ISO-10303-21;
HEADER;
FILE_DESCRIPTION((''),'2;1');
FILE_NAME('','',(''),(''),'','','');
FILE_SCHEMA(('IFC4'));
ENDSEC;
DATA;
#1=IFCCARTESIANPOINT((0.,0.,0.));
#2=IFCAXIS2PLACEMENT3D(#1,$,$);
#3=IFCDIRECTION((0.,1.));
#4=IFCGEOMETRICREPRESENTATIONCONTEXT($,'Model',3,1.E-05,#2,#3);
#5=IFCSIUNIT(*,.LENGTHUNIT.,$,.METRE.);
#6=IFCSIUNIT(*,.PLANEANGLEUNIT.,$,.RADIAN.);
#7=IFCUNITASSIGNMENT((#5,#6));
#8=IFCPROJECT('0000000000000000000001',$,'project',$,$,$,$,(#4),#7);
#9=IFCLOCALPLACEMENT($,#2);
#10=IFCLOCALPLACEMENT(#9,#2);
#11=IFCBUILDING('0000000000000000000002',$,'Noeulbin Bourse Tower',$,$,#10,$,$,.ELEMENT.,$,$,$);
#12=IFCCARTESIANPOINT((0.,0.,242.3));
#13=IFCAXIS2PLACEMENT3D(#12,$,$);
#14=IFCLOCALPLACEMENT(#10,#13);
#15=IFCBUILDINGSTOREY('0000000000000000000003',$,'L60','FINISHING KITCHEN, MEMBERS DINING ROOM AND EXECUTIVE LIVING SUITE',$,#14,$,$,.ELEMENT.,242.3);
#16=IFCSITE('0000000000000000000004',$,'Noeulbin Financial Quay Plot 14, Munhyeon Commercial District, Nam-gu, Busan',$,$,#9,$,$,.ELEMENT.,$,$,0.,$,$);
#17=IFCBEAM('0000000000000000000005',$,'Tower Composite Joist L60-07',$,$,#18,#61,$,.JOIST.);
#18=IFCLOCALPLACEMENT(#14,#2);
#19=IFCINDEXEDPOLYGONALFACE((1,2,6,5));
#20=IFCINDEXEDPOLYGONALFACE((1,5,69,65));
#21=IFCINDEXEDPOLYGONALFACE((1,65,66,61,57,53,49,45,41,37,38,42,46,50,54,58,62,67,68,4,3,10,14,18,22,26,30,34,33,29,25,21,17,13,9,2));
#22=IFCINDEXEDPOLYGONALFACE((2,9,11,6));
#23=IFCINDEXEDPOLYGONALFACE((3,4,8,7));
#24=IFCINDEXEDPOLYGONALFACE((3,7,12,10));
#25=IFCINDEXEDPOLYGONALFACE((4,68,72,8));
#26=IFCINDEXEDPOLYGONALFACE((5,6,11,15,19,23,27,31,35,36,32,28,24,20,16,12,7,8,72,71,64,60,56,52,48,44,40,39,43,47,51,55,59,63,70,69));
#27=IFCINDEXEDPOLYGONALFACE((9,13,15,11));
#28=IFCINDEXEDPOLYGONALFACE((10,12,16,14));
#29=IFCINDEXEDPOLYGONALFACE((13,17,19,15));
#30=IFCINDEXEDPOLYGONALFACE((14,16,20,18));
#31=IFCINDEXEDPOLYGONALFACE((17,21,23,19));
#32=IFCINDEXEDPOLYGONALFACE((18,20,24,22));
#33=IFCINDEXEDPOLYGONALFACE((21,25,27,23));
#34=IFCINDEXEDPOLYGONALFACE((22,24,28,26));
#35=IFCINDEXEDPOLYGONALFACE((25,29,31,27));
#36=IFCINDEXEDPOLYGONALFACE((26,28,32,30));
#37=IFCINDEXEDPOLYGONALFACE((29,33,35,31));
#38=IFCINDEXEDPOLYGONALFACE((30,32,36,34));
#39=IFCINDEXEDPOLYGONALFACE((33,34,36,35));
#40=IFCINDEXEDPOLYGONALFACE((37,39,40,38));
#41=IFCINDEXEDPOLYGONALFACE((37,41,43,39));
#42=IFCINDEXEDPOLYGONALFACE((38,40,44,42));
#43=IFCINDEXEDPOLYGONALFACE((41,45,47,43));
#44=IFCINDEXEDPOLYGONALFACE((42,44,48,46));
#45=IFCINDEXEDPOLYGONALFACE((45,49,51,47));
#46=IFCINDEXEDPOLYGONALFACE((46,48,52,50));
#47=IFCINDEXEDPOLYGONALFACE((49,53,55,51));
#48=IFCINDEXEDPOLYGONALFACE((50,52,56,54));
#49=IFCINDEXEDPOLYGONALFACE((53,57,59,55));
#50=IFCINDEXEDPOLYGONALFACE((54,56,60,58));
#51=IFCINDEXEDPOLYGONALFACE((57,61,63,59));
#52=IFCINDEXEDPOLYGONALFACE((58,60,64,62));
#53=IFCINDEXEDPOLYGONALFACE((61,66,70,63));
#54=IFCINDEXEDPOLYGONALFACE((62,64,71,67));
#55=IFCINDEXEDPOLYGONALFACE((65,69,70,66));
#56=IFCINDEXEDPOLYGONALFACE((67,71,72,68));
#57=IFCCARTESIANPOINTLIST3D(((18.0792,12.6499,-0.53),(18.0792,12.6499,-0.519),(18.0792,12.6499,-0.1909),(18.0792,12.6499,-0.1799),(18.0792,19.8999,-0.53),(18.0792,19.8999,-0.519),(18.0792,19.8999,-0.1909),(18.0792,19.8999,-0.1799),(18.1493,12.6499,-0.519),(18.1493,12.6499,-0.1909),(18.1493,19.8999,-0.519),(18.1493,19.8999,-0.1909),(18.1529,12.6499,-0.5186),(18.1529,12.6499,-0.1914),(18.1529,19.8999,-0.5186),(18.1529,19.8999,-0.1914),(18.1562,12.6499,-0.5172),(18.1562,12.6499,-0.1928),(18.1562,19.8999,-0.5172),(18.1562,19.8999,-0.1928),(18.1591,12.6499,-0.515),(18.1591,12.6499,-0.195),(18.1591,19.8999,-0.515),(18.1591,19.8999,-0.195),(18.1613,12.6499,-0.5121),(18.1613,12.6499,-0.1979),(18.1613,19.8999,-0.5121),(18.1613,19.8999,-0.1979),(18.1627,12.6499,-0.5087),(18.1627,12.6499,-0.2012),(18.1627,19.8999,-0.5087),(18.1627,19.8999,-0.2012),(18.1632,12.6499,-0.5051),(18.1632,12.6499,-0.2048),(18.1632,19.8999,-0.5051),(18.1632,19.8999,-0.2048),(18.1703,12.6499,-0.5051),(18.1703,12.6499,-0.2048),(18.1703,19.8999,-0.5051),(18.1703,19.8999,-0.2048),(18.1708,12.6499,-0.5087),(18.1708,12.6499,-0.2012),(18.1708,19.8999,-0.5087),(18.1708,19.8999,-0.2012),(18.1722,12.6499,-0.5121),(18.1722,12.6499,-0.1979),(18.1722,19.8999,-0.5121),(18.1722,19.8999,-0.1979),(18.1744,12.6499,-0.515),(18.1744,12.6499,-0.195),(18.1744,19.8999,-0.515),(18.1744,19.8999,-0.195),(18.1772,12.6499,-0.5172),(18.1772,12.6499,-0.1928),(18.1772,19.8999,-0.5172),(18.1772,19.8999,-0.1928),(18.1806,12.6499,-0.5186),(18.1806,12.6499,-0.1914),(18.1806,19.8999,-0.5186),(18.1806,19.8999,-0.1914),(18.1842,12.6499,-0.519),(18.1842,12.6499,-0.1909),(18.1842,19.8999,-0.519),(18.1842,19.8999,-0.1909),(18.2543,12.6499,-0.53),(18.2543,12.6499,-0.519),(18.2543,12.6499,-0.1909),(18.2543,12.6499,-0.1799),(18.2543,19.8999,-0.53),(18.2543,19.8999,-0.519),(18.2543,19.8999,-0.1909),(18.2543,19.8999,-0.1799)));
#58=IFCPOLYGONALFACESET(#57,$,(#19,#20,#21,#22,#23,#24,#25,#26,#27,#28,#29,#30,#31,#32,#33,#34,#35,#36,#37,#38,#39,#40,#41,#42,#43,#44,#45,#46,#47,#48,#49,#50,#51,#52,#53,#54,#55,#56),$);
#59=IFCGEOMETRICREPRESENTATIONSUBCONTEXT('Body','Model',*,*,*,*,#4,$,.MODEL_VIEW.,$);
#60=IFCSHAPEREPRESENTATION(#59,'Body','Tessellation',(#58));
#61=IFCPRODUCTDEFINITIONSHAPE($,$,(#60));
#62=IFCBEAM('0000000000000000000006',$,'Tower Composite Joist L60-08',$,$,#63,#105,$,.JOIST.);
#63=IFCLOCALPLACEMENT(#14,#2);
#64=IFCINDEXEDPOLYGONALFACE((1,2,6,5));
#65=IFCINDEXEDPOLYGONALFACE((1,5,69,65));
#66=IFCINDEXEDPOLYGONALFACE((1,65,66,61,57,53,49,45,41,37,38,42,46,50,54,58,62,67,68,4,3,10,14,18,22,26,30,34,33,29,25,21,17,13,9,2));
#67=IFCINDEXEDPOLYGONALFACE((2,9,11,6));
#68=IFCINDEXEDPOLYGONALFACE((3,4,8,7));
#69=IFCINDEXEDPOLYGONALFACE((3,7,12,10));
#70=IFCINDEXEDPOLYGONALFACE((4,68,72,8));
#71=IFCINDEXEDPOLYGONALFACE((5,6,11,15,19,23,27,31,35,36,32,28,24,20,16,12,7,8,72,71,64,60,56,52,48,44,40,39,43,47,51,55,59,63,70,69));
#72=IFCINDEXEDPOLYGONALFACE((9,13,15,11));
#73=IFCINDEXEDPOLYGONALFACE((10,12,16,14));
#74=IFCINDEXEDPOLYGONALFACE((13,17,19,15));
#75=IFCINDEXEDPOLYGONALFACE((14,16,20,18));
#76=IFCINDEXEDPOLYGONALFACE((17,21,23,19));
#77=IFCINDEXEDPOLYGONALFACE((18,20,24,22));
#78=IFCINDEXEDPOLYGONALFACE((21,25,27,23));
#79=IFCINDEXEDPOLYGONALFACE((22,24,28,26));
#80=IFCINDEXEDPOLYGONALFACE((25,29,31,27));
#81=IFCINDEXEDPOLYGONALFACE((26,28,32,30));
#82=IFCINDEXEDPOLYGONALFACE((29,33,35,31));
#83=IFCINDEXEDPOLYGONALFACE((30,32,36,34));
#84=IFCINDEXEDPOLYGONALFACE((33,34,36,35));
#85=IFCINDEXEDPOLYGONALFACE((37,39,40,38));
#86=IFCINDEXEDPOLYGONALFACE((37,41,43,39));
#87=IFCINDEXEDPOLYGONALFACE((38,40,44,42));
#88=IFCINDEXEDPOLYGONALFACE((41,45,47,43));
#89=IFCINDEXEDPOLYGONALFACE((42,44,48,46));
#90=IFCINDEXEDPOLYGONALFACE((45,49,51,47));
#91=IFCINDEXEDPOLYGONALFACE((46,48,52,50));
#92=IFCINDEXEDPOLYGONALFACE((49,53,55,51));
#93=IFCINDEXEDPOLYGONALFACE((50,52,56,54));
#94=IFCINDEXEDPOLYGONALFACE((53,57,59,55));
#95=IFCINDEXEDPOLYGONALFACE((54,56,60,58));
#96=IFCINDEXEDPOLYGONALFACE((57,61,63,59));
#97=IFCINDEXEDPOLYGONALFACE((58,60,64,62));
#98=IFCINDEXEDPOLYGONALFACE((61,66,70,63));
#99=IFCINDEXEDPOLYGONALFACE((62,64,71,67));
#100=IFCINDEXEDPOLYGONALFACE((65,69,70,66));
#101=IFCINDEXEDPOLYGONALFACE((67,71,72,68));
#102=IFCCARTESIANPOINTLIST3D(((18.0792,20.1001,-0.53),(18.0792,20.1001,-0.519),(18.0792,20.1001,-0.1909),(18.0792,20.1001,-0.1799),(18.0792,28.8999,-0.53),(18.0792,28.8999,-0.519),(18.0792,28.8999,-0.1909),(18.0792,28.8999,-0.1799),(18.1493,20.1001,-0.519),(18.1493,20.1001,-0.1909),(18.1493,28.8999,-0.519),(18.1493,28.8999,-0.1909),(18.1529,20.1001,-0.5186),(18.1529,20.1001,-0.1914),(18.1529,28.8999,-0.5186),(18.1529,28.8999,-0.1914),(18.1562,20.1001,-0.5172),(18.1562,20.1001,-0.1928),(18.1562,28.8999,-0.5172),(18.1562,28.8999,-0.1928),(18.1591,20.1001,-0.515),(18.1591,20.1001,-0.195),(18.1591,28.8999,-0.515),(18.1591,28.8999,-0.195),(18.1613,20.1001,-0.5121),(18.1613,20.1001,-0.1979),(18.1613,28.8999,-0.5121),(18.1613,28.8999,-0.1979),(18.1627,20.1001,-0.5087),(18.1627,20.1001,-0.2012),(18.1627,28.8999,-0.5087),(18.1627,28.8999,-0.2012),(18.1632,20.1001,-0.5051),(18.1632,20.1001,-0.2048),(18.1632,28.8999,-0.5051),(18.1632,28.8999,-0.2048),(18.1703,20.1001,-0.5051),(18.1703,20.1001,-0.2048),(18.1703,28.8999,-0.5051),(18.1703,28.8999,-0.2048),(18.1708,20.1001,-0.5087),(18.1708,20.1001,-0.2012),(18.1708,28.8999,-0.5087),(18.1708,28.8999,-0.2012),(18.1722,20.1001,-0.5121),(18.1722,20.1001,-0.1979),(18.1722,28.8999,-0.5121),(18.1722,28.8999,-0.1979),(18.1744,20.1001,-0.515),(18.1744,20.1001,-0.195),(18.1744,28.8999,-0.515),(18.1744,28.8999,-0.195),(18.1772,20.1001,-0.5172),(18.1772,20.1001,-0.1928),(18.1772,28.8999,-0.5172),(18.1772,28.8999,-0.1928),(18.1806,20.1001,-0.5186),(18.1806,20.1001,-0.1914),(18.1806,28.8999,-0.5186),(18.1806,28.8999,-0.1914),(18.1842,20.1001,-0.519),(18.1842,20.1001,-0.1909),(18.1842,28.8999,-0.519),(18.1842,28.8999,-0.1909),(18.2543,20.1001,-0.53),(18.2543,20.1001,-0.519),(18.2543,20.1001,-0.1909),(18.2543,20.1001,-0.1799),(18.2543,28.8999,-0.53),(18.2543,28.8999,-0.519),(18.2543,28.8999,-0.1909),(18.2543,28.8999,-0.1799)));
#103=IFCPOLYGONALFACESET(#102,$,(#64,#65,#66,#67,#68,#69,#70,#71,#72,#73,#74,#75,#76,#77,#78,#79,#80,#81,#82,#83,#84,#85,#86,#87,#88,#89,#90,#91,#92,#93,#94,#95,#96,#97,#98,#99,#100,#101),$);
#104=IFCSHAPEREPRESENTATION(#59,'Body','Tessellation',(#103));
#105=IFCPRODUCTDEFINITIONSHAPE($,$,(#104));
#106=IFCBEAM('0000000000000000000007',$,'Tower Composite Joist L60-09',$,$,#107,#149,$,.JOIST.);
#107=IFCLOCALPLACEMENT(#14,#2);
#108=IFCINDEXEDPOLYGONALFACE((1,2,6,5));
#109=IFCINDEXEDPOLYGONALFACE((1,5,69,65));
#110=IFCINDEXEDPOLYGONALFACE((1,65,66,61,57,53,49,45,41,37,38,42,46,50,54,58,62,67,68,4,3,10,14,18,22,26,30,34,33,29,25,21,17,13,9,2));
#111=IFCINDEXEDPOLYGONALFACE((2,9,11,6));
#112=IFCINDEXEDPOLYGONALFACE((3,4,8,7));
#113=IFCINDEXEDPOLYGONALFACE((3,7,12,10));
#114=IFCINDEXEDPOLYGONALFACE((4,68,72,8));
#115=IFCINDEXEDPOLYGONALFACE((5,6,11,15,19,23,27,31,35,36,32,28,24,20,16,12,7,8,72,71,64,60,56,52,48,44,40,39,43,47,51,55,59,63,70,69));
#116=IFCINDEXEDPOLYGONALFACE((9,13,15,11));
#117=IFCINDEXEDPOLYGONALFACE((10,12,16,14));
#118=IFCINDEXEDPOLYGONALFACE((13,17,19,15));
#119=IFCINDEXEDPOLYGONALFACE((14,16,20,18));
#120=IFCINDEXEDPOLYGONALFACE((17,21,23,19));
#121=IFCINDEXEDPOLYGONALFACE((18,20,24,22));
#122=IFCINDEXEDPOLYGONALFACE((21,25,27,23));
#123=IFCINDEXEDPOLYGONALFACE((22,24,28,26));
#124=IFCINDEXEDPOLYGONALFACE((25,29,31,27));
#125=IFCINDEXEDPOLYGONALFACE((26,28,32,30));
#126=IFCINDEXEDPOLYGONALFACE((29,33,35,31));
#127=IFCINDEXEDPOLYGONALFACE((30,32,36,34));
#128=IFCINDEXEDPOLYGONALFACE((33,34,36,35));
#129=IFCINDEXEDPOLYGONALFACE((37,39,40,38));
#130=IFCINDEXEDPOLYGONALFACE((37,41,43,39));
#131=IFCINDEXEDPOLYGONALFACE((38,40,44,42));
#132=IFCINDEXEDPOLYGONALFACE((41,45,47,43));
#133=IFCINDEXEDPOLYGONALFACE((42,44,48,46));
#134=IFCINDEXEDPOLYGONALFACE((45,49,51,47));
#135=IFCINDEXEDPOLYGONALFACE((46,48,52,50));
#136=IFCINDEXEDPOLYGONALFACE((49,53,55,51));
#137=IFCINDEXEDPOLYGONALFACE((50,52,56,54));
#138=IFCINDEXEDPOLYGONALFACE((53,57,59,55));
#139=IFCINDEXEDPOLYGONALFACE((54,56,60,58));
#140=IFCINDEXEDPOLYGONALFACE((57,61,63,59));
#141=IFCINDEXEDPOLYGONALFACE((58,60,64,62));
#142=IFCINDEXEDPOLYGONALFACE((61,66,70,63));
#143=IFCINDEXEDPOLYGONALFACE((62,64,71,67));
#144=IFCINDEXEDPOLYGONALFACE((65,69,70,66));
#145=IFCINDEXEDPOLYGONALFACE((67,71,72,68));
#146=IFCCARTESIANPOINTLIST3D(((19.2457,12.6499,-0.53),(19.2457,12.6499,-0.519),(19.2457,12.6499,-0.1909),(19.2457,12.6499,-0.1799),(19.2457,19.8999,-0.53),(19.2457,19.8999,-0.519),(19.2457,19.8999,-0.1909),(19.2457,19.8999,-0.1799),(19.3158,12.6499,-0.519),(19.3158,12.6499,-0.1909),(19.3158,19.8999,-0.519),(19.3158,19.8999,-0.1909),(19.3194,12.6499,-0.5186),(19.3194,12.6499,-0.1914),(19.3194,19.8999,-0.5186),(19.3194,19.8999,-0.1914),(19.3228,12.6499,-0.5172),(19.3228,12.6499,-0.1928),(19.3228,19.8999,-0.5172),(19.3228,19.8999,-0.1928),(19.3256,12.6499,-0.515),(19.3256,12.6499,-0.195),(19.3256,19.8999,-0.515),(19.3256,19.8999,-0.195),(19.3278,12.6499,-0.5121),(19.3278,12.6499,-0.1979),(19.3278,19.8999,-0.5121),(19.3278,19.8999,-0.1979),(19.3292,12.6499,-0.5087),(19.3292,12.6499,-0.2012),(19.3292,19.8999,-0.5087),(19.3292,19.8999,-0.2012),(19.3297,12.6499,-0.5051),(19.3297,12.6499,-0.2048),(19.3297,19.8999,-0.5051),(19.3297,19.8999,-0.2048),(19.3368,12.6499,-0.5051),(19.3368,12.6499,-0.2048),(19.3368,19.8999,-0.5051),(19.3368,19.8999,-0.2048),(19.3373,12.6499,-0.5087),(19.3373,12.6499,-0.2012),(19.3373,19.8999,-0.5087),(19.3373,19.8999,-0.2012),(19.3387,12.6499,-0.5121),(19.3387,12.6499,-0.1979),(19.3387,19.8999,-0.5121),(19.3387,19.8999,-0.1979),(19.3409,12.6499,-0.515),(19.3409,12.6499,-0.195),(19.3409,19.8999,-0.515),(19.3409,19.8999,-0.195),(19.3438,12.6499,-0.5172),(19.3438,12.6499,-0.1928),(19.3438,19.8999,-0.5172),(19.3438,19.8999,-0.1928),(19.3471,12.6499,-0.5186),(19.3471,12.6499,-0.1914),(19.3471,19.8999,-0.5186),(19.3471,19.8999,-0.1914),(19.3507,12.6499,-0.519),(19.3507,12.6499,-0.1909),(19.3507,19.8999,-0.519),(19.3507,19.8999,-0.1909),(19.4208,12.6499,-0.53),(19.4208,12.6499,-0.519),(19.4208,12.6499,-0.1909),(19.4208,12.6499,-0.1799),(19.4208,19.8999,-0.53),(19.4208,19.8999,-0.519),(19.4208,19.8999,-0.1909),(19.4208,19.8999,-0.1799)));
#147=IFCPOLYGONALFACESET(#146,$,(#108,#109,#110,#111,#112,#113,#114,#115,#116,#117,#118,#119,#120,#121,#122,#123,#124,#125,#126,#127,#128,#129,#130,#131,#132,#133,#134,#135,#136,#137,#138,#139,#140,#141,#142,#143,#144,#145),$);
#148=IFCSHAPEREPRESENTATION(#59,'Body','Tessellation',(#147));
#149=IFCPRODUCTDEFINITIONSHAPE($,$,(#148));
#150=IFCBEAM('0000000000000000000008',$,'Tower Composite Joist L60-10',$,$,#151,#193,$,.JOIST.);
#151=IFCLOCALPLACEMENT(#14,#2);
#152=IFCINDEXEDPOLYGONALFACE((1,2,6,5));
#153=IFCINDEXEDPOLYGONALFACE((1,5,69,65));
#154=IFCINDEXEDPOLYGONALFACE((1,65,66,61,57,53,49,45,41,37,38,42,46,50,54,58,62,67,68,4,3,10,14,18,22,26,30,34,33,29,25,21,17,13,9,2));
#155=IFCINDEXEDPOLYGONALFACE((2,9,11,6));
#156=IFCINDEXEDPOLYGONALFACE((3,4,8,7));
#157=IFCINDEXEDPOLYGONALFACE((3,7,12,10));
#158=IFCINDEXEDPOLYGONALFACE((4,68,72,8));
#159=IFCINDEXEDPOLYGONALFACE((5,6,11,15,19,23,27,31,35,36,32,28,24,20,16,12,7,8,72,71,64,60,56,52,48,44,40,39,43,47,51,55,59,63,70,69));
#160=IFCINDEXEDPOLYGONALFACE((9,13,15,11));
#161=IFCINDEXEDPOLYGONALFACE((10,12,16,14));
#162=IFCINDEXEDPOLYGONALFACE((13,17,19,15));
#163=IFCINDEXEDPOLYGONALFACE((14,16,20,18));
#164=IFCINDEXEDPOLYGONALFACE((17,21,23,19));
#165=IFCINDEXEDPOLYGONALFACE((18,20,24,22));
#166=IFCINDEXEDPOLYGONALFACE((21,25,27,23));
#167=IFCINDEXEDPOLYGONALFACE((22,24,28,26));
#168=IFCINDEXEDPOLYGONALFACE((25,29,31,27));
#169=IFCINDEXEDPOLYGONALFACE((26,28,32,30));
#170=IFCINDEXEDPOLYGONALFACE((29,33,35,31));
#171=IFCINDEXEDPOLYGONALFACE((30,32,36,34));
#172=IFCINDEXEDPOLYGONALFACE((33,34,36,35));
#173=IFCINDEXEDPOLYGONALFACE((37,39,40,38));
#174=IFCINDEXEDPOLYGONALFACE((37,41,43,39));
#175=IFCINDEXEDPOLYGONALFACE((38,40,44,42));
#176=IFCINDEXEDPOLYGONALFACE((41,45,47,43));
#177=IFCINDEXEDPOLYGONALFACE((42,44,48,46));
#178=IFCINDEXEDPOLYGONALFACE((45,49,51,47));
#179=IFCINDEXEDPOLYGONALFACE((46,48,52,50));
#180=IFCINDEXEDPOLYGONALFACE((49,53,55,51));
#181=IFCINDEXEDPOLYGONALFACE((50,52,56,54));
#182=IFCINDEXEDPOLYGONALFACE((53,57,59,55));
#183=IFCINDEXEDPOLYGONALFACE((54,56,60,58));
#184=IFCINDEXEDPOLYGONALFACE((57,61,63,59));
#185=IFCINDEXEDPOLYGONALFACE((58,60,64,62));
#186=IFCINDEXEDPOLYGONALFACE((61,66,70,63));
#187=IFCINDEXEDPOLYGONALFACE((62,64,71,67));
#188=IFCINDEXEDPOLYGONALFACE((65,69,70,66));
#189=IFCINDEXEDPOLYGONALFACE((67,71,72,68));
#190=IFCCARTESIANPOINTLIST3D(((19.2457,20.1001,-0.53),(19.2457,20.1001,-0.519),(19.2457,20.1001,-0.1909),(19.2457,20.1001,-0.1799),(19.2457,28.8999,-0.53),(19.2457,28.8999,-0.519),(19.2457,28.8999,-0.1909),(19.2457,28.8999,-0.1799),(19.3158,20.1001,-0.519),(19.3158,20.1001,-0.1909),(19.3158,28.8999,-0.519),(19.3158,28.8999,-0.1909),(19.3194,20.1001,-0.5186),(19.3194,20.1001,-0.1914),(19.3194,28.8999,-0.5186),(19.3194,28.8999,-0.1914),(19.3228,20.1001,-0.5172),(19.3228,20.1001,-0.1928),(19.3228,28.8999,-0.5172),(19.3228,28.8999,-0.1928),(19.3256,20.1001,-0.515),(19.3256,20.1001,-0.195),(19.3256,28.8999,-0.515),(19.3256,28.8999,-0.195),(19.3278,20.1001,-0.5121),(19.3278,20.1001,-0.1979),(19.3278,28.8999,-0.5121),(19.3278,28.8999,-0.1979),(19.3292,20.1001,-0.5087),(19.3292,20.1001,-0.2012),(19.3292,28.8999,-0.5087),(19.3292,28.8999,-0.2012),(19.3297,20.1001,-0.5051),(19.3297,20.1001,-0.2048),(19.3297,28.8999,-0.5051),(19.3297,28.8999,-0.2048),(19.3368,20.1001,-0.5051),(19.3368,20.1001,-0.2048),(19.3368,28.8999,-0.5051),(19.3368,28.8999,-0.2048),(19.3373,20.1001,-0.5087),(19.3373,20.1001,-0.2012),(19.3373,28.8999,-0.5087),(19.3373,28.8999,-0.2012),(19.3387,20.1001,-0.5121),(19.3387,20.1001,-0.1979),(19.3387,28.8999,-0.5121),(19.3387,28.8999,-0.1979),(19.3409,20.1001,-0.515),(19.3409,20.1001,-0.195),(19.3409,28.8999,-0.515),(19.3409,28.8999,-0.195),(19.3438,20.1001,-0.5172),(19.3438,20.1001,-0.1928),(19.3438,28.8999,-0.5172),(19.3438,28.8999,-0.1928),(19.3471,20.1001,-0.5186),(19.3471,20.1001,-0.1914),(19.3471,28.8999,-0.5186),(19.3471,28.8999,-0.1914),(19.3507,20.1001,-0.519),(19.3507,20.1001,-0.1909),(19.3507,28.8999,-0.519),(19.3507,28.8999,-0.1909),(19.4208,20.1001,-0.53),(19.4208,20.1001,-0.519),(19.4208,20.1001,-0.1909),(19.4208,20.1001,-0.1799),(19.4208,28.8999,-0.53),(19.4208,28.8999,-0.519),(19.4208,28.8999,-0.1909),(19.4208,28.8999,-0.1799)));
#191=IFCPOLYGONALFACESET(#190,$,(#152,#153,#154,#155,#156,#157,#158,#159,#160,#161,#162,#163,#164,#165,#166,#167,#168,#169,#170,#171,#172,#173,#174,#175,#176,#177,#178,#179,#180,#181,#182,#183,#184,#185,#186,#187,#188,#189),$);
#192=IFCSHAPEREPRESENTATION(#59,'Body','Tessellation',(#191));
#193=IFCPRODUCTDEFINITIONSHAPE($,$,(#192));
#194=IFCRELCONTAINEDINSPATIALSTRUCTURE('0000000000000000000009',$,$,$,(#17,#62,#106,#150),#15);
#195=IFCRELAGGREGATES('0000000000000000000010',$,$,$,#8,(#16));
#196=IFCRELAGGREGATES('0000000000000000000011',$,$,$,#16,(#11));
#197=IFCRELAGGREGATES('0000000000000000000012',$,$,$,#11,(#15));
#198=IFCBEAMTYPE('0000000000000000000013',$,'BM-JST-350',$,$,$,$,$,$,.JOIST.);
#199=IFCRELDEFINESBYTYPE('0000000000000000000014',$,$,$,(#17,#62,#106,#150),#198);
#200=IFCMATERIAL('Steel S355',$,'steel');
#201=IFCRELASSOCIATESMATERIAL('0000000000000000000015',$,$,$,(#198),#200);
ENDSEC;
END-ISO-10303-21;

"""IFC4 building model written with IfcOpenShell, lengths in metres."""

from ifc_helpers import new_model, si_unit, direction, frame, origin, origin_2d, place, context, subcontext, project, spatial, i_section, extrude, material, material_profile, profile_set, type_object, element, save


model = new_model("IFC4")

# Units and contexts
model_context = context("Model", 3, precision=1e-05, world=origin(), true_north=direction((0.0, 1.0)))
body_context = subcontext(model_context, "Body", "Model", "MODEL_VIEW")
ifc_project = project(units=[si_unit("LENGTHUNIT", "METRE"), si_unit("PLANEANGLEUNIT", "RADIAN")], contexts=[model_context])

# Site, building, storey
site_placement = place(None, origin())
site = spatial("IfcSite", under=ifc_project, at=site_placement, Name="Noeulbin Financial Quay Plot 14, Munhyeon Commercial District, Nam-gu, Busan", CompositionType="ELEMENT", RefElevation=0.0)
building_placement = place(site_placement, origin())
building = spatial("IfcBuilding", under=site, at=building_placement, Name="Noeulbin Bourse Tower", CompositionType="ELEMENT")
storey_placement = place(building_placement, frame((0.0, 0.0, 242.3)))
storey = spatial("IfcBuildingStorey", under=building, at=storey_placement, Name="L60", Description="FINISHING KITCHEN, MEMBERS DINING ROOM AND EXECUTIVE LIVING SUITE", CompositionType="ELEMENT", Elevation=242.3)

# Shared definitions
ifc_material_1 = material(Name="Steel S355", Category="steel")

# Beams
ifc_material_profile_1 = material_profile(ifc_material_1, i_section(OverallWidth=0.175, OverallDepth=0.3501, WebThickness=0.0071, FlangeThickness=0.011, FilletRadius=0.0139, at=origin_2d()), Name="H-350x175x7x11", Category="LoadBearing")
ifc_profile_set_1 = profile_set([ifc_material_profile_1], Name="Steel S355")
beam_type_1 = type_object("IfcBeamType", Name="BM-JST-350", PredefinedType="JOIST", material=ifc_profile_set_1)
beam_1_placement = place(storey_placement, frame((18.1667, 12.6499, -0.355), z_axis=(0.0, 1.0, 0.0), x_axis=(-1.0, 0.0, 0.0)))
element("IfcBeam", 1, at=beam_1_placement, inside=storey, type_object=beam_type_1, Name="Tower Composite Joist L60-07", PredefinedType="JOIST", context=body_context, shape_type="SweptSolid", body=[
    extrude(i_section(OverallWidth=0.175, OverallDepth=0.3501, WebThickness=0.0071, FlangeThickness=0.011, FilletRadius=0.0139, at=origin_2d()), origin(), (0.0, 0.0, 1.0), 7.25),
])
beam_2_placement = place(storey_placement, frame((18.1667, 20.1001, -0.355), z_axis=(0.0, 1.0, 0.0), x_axis=(-1.0, 0.0, 0.0)))
element("IfcBeam", 2, at=beam_2_placement, inside=storey, type_object=beam_type_1, Name="Tower Composite Joist L60-08", PredefinedType="JOIST", context=body_context, shape_type="SweptSolid", body=[
    extrude(i_section(OverallWidth=0.175, OverallDepth=0.3501, WebThickness=0.0071, FlangeThickness=0.011, FilletRadius=0.0139, at=origin_2d()), origin(), (0.0, 0.0, 1.0), 8.7998),
])
beam_3_placement = place(storey_placement, frame((19.3333, 12.6499, -0.355), z_axis=(0.0, 1.0, 0.0), x_axis=(-1.0, 0.0, 0.0)))
element("IfcBeam", 3, at=beam_3_placement, inside=storey, type_object=beam_type_1, Name="Tower Composite Joist L60-09", PredefinedType="JOIST", context=body_context, shape_type="SweptSolid", body=[
    extrude(i_section(OverallWidth=0.175, OverallDepth=0.3501, WebThickness=0.0071, FlangeThickness=0.011, FilletRadius=0.0139, at=origin_2d()), origin(), (0.0, 0.0, 1.0), 7.25),
])
beam_4_placement = place(storey_placement, frame((19.3333, 20.1001, -0.355), z_axis=(0.0, 1.0, 0.0), x_axis=(-1.0, 0.0, 0.0)))
element("IfcBeam", 4, at=beam_4_placement, inside=storey, type_object=beam_type_1, Name="Tower Composite Joist L60-10", PredefinedType="JOIST", context=body_context, shape_type="SweptSolid", body=[
    extrude(i_section(OverallWidth=0.175, OverallDepth=0.3501, WebThickness=0.0071, FlangeThickness=0.011, FilletRadius=0.0139, at=origin_2d()), origin(), (0.0, 0.0, 1.0), 8.7998),
])

save(model, "model.ifc")
